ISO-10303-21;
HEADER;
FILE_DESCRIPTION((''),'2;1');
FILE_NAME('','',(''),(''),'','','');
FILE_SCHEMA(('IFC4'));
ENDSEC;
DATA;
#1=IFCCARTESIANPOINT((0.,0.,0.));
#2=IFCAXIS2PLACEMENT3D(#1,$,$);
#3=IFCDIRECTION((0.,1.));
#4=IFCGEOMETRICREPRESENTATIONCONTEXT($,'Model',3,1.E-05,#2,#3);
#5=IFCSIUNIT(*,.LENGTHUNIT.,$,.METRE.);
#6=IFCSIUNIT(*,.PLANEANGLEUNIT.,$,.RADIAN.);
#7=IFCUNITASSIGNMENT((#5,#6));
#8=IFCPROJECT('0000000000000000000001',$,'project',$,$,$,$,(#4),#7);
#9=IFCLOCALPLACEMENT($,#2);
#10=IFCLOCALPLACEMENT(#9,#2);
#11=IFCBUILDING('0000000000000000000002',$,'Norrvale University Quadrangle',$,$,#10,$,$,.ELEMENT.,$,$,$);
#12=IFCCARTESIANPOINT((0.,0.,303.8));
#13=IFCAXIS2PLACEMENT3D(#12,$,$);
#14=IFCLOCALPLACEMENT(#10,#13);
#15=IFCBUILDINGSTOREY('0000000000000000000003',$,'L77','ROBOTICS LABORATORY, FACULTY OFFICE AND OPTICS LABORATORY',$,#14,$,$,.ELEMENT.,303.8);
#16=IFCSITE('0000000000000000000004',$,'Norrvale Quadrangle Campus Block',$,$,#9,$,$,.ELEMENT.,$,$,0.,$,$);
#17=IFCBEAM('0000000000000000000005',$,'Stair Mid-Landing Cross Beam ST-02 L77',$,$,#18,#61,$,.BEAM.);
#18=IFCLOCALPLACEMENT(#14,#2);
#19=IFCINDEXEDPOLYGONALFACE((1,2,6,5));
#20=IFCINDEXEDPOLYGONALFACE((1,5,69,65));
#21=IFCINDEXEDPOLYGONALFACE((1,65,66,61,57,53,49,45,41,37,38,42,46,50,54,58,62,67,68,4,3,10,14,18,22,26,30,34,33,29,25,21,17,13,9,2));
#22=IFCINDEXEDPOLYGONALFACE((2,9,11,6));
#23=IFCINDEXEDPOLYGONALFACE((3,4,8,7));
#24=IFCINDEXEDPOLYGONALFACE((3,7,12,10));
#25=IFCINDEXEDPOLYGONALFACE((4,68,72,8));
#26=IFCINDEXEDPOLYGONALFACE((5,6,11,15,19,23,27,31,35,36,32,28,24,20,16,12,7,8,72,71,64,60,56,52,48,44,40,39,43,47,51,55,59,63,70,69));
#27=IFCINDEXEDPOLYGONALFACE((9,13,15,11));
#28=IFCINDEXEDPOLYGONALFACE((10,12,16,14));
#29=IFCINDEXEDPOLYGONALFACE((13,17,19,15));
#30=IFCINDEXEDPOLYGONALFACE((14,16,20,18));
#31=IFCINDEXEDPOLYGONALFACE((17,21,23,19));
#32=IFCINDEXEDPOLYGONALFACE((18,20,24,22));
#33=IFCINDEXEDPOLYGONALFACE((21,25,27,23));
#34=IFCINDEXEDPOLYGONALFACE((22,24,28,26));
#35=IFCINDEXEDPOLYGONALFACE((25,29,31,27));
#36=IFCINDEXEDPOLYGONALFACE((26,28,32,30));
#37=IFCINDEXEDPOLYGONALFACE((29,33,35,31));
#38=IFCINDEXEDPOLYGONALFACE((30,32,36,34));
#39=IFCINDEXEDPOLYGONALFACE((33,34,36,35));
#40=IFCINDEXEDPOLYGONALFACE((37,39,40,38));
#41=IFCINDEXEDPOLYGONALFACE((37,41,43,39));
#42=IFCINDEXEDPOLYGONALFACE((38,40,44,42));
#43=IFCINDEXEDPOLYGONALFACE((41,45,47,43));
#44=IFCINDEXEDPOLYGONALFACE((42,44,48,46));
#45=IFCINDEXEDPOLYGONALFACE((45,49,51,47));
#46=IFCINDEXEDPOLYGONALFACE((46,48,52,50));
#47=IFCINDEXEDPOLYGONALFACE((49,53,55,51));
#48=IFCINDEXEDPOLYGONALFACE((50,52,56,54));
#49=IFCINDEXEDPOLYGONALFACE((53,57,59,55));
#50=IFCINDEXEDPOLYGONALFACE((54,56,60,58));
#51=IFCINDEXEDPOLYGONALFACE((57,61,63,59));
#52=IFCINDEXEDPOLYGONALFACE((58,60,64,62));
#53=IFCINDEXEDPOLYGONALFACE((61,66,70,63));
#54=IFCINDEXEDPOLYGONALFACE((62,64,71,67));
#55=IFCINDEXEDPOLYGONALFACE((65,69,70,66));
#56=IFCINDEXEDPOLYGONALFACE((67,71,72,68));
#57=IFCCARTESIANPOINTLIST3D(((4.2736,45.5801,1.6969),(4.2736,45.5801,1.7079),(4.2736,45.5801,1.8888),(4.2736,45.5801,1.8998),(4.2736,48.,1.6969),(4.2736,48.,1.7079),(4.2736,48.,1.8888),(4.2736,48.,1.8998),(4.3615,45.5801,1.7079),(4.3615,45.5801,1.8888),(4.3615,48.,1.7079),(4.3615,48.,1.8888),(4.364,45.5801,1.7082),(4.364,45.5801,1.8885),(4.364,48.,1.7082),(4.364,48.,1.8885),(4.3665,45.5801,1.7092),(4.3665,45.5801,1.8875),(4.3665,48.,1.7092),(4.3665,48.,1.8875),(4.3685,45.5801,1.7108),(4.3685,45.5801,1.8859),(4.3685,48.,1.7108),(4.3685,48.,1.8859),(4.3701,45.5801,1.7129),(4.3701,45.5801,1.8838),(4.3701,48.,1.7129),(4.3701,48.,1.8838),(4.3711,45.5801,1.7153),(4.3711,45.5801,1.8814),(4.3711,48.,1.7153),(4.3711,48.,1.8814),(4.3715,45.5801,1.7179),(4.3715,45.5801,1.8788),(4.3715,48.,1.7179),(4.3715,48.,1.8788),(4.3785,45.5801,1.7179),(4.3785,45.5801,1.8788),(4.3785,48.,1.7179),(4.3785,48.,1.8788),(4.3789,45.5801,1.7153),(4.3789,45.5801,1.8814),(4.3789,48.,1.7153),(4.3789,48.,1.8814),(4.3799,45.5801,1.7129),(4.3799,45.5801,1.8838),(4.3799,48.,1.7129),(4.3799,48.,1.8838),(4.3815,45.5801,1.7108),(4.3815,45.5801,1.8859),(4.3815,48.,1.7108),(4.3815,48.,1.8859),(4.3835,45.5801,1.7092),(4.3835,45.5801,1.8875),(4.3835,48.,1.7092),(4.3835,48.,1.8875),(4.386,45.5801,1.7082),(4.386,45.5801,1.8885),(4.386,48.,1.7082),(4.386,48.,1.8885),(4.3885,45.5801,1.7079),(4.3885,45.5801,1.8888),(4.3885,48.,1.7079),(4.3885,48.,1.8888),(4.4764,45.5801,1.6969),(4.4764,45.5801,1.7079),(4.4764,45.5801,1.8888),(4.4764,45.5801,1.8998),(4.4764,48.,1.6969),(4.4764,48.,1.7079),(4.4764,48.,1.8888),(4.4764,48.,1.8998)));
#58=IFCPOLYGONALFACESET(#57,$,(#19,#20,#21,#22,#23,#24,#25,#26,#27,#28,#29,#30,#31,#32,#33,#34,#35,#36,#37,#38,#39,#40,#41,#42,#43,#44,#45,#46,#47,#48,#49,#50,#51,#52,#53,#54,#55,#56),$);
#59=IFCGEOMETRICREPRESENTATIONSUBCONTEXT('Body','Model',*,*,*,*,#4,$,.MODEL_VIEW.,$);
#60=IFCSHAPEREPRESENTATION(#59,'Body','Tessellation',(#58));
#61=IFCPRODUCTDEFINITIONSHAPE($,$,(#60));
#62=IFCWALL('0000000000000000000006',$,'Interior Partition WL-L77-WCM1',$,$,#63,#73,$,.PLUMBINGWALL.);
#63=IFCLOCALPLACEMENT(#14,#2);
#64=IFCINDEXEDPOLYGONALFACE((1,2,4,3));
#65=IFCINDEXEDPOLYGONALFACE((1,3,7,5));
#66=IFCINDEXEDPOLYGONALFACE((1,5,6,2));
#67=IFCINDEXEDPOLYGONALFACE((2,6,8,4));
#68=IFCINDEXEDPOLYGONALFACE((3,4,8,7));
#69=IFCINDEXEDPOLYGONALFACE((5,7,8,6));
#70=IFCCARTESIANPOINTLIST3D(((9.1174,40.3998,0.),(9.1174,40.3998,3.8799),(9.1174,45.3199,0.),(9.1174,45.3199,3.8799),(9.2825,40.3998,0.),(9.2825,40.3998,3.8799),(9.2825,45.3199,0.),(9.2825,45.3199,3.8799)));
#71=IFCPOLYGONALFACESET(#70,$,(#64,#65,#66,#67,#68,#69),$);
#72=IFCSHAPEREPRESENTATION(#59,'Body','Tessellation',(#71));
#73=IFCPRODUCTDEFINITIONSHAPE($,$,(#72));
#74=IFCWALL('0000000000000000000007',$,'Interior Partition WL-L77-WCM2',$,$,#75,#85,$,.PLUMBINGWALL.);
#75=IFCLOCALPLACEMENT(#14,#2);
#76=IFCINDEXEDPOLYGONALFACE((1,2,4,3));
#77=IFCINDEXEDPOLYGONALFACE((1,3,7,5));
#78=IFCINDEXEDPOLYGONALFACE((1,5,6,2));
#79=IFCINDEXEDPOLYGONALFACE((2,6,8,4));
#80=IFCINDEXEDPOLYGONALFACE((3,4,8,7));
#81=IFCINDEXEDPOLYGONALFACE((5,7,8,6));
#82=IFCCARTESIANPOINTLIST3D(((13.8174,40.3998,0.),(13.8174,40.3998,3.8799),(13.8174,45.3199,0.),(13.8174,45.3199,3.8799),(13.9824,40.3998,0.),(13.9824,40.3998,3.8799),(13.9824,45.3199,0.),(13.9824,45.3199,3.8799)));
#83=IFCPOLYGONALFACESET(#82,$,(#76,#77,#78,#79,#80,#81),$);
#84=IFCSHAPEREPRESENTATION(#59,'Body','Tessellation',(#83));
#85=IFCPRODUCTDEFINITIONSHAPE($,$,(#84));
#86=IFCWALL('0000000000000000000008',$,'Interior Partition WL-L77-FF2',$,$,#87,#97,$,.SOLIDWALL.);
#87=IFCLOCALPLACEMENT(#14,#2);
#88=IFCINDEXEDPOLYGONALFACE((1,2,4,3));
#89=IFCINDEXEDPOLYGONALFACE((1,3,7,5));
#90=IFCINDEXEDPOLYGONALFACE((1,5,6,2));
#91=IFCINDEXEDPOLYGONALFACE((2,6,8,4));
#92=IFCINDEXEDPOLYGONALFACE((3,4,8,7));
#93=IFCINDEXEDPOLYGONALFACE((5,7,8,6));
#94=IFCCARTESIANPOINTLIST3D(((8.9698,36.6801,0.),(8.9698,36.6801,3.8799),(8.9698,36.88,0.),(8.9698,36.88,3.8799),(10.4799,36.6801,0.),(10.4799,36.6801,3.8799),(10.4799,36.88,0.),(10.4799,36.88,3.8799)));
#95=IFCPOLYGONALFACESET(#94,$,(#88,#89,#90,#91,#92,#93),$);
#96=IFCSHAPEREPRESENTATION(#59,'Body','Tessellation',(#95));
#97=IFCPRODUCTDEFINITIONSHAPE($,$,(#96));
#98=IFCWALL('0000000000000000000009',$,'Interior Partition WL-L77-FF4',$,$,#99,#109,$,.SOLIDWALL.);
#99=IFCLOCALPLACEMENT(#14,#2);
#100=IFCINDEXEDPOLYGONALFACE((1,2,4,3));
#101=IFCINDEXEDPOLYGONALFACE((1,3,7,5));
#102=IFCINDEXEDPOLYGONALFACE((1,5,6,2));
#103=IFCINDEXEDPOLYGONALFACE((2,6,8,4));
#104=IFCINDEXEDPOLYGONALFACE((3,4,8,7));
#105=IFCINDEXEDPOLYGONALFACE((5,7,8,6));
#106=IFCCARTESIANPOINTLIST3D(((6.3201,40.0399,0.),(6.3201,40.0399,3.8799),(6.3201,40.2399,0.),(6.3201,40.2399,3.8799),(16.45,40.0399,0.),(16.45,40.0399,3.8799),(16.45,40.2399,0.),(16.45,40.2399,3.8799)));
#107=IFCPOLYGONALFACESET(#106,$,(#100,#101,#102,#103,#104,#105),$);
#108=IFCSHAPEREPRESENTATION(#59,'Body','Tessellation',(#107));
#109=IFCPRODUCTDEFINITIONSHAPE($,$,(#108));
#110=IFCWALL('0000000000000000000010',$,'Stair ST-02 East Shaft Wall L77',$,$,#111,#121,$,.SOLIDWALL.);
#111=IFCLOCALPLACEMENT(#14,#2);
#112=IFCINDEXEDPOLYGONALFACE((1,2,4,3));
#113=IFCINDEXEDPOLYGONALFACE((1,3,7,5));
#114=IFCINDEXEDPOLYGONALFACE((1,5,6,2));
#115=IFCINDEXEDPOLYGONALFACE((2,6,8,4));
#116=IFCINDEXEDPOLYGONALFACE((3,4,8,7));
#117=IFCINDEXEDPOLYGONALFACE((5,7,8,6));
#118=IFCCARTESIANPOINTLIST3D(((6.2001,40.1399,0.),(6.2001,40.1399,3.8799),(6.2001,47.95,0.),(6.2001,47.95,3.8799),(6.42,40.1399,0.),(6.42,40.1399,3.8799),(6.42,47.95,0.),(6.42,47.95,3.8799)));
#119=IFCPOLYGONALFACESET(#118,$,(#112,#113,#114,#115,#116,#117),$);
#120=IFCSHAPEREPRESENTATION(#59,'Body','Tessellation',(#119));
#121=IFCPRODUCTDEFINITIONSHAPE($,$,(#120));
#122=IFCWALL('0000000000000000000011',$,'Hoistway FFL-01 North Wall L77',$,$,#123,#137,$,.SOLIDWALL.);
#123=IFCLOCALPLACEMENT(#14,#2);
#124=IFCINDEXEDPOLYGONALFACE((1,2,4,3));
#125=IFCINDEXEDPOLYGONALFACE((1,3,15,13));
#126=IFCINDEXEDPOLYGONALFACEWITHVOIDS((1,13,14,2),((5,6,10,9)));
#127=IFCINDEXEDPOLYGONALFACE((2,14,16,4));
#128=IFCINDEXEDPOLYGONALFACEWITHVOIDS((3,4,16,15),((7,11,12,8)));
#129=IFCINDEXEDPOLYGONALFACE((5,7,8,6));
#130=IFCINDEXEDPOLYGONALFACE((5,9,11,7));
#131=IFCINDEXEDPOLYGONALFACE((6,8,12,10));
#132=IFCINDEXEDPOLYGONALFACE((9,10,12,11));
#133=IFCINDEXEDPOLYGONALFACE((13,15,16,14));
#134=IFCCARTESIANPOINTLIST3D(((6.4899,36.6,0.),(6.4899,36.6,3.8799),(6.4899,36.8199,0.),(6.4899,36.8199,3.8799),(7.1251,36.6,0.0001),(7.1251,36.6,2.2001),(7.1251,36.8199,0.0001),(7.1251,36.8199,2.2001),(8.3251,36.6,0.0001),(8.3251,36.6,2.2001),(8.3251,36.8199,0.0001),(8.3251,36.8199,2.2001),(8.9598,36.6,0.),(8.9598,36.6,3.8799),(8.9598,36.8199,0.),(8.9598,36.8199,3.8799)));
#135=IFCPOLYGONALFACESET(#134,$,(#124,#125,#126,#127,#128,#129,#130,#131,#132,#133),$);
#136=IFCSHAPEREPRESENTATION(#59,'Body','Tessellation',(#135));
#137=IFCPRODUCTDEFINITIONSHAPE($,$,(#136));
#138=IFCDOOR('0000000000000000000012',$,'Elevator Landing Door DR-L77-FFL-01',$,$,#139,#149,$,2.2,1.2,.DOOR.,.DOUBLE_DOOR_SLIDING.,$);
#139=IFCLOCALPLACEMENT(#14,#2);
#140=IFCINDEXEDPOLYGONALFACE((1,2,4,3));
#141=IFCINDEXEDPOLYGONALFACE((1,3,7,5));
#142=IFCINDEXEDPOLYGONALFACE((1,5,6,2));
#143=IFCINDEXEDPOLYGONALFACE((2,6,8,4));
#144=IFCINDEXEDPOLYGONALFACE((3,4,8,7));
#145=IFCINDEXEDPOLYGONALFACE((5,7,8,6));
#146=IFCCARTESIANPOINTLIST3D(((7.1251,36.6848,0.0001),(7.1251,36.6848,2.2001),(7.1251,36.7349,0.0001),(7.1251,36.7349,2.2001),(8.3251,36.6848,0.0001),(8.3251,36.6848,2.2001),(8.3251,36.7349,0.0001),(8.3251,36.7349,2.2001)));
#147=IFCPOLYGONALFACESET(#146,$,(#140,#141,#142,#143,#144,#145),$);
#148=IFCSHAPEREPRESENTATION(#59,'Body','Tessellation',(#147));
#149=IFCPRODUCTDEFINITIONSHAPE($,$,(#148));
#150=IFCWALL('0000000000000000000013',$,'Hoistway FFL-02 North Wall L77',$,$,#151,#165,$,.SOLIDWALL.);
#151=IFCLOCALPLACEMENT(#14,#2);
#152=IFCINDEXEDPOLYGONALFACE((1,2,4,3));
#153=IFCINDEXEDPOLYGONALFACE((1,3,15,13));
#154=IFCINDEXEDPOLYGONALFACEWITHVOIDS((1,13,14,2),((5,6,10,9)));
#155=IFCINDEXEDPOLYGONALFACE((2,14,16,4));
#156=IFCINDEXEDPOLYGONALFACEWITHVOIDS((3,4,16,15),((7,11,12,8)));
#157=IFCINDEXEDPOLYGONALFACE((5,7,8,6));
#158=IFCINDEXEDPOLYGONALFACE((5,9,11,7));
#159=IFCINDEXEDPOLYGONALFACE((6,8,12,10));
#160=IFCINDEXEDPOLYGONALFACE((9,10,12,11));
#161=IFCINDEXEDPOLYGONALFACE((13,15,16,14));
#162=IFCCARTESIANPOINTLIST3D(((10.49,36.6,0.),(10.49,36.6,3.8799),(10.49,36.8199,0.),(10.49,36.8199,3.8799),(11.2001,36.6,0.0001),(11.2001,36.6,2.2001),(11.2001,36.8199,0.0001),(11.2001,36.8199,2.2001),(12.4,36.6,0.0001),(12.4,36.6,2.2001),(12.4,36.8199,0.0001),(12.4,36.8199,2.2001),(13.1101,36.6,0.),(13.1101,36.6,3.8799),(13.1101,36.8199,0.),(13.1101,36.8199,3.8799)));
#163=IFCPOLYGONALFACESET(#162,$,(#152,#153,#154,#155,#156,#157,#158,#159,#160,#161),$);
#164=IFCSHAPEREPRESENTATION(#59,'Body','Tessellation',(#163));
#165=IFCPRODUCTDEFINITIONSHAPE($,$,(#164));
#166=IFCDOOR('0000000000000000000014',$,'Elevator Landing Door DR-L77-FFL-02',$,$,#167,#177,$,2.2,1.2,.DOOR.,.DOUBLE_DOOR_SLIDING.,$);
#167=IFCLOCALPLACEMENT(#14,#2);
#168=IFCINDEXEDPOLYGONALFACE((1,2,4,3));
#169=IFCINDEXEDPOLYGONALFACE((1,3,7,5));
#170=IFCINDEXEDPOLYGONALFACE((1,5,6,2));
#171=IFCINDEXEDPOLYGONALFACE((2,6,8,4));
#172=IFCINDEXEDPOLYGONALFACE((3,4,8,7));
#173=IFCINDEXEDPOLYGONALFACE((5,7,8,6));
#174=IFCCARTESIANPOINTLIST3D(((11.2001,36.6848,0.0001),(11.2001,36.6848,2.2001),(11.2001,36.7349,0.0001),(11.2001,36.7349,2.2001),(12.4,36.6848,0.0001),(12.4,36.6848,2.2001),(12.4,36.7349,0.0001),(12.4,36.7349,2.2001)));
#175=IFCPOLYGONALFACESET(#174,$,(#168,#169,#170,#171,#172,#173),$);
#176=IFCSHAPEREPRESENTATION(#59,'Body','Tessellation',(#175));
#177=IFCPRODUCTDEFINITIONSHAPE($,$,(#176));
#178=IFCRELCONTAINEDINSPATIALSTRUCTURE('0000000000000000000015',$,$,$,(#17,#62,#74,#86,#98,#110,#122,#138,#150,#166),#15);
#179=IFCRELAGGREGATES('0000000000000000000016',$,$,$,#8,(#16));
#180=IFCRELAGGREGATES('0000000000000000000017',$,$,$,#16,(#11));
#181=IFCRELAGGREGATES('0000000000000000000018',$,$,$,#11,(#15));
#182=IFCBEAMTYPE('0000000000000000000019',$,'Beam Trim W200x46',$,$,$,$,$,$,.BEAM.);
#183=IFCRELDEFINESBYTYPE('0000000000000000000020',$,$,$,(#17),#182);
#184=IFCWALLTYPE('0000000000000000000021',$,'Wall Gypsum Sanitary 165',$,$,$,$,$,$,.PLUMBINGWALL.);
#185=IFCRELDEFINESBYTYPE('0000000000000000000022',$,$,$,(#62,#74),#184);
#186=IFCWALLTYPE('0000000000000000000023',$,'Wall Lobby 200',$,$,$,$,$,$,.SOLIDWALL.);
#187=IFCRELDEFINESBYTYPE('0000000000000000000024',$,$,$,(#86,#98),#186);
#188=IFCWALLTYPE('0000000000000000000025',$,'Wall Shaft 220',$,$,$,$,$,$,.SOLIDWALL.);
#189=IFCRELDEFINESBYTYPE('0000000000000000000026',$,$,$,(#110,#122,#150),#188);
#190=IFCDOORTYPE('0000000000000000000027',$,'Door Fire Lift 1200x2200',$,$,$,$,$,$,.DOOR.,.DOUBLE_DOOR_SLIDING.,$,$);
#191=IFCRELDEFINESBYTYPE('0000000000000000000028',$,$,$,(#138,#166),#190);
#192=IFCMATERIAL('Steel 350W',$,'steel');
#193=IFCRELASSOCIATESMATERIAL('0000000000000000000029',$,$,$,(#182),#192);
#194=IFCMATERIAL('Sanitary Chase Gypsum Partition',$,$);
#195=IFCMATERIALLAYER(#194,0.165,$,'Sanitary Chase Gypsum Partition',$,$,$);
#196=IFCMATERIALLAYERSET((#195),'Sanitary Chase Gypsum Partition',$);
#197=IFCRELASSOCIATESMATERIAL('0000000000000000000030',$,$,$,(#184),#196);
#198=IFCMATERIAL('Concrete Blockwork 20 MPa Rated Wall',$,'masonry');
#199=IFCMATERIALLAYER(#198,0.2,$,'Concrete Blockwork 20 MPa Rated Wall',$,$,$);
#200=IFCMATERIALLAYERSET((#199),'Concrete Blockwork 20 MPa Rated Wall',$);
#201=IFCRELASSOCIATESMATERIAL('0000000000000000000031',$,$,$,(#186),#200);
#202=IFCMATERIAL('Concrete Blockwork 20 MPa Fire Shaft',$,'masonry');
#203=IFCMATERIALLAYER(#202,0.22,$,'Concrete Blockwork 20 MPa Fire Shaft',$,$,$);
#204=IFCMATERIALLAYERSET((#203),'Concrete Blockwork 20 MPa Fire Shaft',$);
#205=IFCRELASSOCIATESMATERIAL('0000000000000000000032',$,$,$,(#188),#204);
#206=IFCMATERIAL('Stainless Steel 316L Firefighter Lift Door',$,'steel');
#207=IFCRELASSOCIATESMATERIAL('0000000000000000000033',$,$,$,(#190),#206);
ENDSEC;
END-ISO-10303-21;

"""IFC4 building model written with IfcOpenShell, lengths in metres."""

from ifc_helpers import new_model, si_unit, direction, frame, frame_2d, origin, origin_2d, place, context, subcontext, project, spatial, rectangle, i_section, extrude, material, layer, layer_set, material_profile, profile_set, type_object, element, fill, save


model = new_model("IFC4")

# Units and contexts
model_context = context("Model", 3, precision=1e-05, world=origin(), true_north=direction((0.0, 1.0)))
body_context = subcontext(model_context, "Body", "Model", "MODEL_VIEW")
ifc_project = project(units=[si_unit("LENGTHUNIT", "METRE"), si_unit("PLANEANGLEUNIT", "RADIAN")], contexts=[model_context])

# Site, building, storey
site_placement = place(None, origin())
site = spatial("IfcSite", under=ifc_project, at=site_placement, Name="Norrvale Quadrangle Campus Block", CompositionType="ELEMENT", RefElevation=0.0)
building_placement = place(site_placement, origin())
building = spatial("IfcBuilding", under=site, at=building_placement, Name="Norrvale University Quadrangle", CompositionType="ELEMENT")
storey_placement = place(building_placement, frame((0.0, 0.0, 303.8)))
storey = spatial("IfcBuildingStorey", under=building, at=storey_placement, Name="L77", Description="ROBOTICS LABORATORY, FACULTY OFFICE AND OPTICS LABORATORY", CompositionType="ELEMENT", Elevation=303.8)

# Beam
ifc_material_1 = material(Name="Steel 350W", Category="steel")
ifc_material_profile = material_profile(ifc_material_1, i_section(OverallWidth=0.2029, OverallDepth=0.2029, WebThickness=0.0071, FlangeThickness=0.011, FilletRadius=0.01, at=origin_2d()), Name="Steel 350W")
ifc_profile_set = profile_set([ifc_material_profile], Name="Steel 350W")
beam_type = type_object("IfcBeamType", Name="Beam Trim W200x46", PredefinedType="BEAM", material=ifc_profile_set)
beam_placement = place(storey_placement, frame((4.375, 45.5801, 1.7983), z_axis=(0.0, 1.0, 0.0), x_axis=(-1.0, 0.0, 0.0)))
element("IfcBeam", 1, at=beam_placement, inside=storey, type_object=beam_type, Name="Stair Mid-Landing Cross Beam ST-02 L77", PredefinedType="BEAM", context=body_context, shape_type="SweptSolid", body=[
    extrude(i_section(OverallWidth=0.2029, OverallDepth=0.2029, WebThickness=0.0071, FlangeThickness=0.011, FilletRadius=0.01, at=origin_2d()), origin(), (0.0, 0.0, 1.0), 2.4199),
])

# Shared definitions
ifc_material_2 = material(Name="Sanitary Chase Gypsum Partition")
ifc_layer_1 = layer(ifc_material_2, 0.165, Name="Sanitary Chase Gypsum Partition")
ifc_layer_set_1 = layer_set([ifc_layer_1], Name="Sanitary Chase Gypsum Partition")
wall_type_1 = type_object("IfcWallType", Name="Wall Gypsum Sanitary 165", PredefinedType="PLUMBINGWALL", material=ifc_layer_set_1)

# Walls
for number, where, z_axis, x_axis, name in (
    (2, (9.2, 40.3999, 0.0), (0.0, 0.0, 1.0), (0.0, 1.0, 0.0), "Interior Partition WL-L77-WCM1"),
    (3, (13.8999, 40.3999, 0.0), (0.0, 0.0, 1.0), (0.0, 1.0, 0.0), "Interior Partition WL-L77-WCM2"),
):
    element("IfcWall", number, at=place(storey_placement, frame(where, z_axis=z_axis, x_axis=x_axis)), inside=storey, type_object=wall_type_1, Name=name, PredefinedType="PLUMBINGWALL", context=body_context, shape_type="SweptSolid", body=[
        extrude(rectangle(XDim=4.9202, YDim=0.165, at=frame_2d((2.46, 0.0))), origin(), (0.0, 0.0, 1.0), 3.8799),
    ])
ifc_material_3 = material(Name="Concrete Blockwork 20 MPa Rated Wall", Category="masonry")
ifc_layer_2 = layer(ifc_material_3, 0.2, Name="Concrete Blockwork 20 MPa Rated Wall")
ifc_layer_set_2 = layer_set([ifc_layer_2], Name="Concrete Blockwork 20 MPa Rated Wall")
wall_type_2 = type_object("IfcWallType", Name="Wall Lobby 200", PredefinedType="SOLIDWALL", material=ifc_layer_set_2)
wall_1_placement = place(storey_placement, frame((8.97, 36.78, 0.0), z_axis=(0.0, 0.0, 1.0), x_axis=(1.0, 0.0, 0.0)))
element("IfcWall", 4, at=wall_1_placement, inside=storey, type_object=wall_type_2, Name="Interior Partition WL-L77-FF2", PredefinedType="SOLIDWALL", context=body_context, shape_type="SweptSolid", body=[
    extrude(rectangle(XDim=1.51, YDim=0.2, at=frame_2d((0.7549, 0.0))), origin(), (0.0, 0.0, 1.0), 3.8799),
])
wall_2_placement = place(storey_placement, frame((6.3201, 40.1399, 0.0), z_axis=(0.0, 0.0, 1.0), x_axis=(1.0, 0.0, 0.0)))
element("IfcWall", 5, at=wall_2_placement, inside=storey, type_object=wall_type_2, Name="Interior Partition WL-L77-FF4", PredefinedType="SOLIDWALL", context=body_context, shape_type="SweptSolid", body=[
    extrude(rectangle(XDim=10.1299, YDim=0.2, at=frame_2d((5.0649, 0.0))), origin(), (0.0, 0.0, 1.0), 3.8799),
])
ifc_material_4 = material(Name="Concrete Blockwork 20 MPa Fire Shaft", Category="masonry")
ifc_layer_3 = layer(ifc_material_4, 0.22, Name="Concrete Blockwork 20 MPa Fire Shaft")
ifc_layer_set_3 = layer_set([ifc_layer_3], Name="Concrete Blockwork 20 MPa Fire Shaft")
wall_type_3 = type_object("IfcWallType", Name="Wall Shaft 220", PredefinedType="SOLIDWALL", material=ifc_layer_set_3)
wall_3_placement = place(storey_placement, frame((6.3101, 40.1399, 0.0), z_axis=(0.0, 0.0, 1.0), x_axis=(0.0, 1.0, 0.0)))
element("IfcWall", 6, at=wall_3_placement, inside=storey, type_object=wall_type_3, Name="Stair ST-02 East Shaft Wall L77", PredefinedType="SOLIDWALL", context=body_context, shape_type="SweptSolid", body=[
    extrude(rectangle(XDim=7.8101, YDim=0.22, at=frame_2d((3.905, 0.0))), origin(), (0.0, 0.0, 1.0), 3.8799),
])

# Walls, openings, doors
wall_4_placement = place(storey_placement, frame((6.49, 36.71, 0.0), z_axis=(0.0, 0.0, 1.0), x_axis=(1.0, 0.0, 0.0)))
wall_4 = element("IfcWall", 7, at=wall_4_placement, inside=storey, type_object=wall_type_3, Name="Hoistway FFL-01 North Wall L77", PredefinedType="SOLIDWALL", context=body_context, shape_type="SweptSolid", body=[
    extrude(rectangle(XDim=2.47, YDim=0.22, at=frame_2d((1.2349, 0.0))), origin(), (0.0, 0.0, 1.0), 3.8799),
])
opening_1_placement = place(wall_4_placement, frame((0.635, 0.0, 0.0)))
opening_1 = element("IfcOpeningElement", 8, at=opening_1_placement, cuts=wall_4, PredefinedType="OPENING", context=body_context, shape_type="SweptSolid", body=[
    extrude(rectangle(XDim=1.2, YDim=2.2, at=frame_2d((0.6001, 1.1001))), frame((0.0, 0.1221, 0.0), z_axis=(0.0, -1.0, 0.0), x_axis=(1.0, 0.0, 0.0)), (0.0, 0.0, 1.0), 0.2439),
])
ifc_material_5 = material(Name="Stainless Steel 316L Firefighter Lift Door", Category="steel")
door_type_1 = type_object("IfcDoorType", Name="Door Fire Lift 1200x2200", OperationType="DOUBLE_DOOR_SLIDING", PredefinedType="DOOR", material=ifc_material_5)
door_1_placement = place(opening_1_placement, origin())
door_1 = element("IfcDoor", 9, at=door_1_placement, inside=storey, type_object=door_type_1, Name="Elevator Landing Door DR-L77-FFL-01", OperationType="DOUBLE_DOOR_SLIDING", OverallHeight=2.2, OverallWidth=1.2, PredefinedType="DOOR", context=body_context, shape_type="SweptSolid", body=[
    extrude(rectangle(XDim=1.2, YDim=2.2, at=frame_2d((0.6001, 1.1001))), frame((0.0, 0.0249, 0.0), z_axis=(0.0, -1.0, 0.0), x_axis=(1.0, 0.0, 0.0)), (0.0, 0.0, 1.0), 0.05),
])
fill(opening_1, door_1)
wall_5_placement = place(storey_placement, frame((10.49, 36.71, 0.0), z_axis=(0.0, 0.0, 1.0), x_axis=(1.0, 0.0, 0.0)))
wall_5 = element("IfcWall", 10, at=wall_5_placement, inside=storey, type_object=wall_type_3, Name="Hoistway FFL-02 North Wall L77", PredefinedType="SOLIDWALL", context=body_context, shape_type="SweptSolid", body=[
    extrude(rectangle(XDim=2.6201, YDim=0.22, at=frame_2d((1.3101, 0.0))), origin(), (0.0, 0.0, 1.0), 3.8799),
])
opening_2_placement = place(wall_5_placement, frame((0.71, 0.0, 0.0)))
opening_2 = element("IfcOpeningElement", 11, at=opening_2_placement, cuts=wall_5, PredefinedType="OPENING", context=body_context, shape_type="SweptSolid", body=[
    extrude(rectangle(XDim=1.2, YDim=2.2, at=frame_2d((0.6001, 1.1001))), frame((0.0, 0.1221, 0.0), z_axis=(0.0, -1.0, 0.0), x_axis=(1.0, 0.0, 0.0)), (0.0, 0.0, 1.0), 0.2439),
])
door_2_placement = place(opening_2_placement, origin())
door_2 = element("IfcDoor", 12, at=door_2_placement, inside=storey, type_object=door_type_1, Name="Elevator Landing Door DR-L77-FFL-02", OperationType="DOUBLE_DOOR_SLIDING", OverallHeight=2.2, OverallWidth=1.2, PredefinedType="DOOR", context=body_context, shape_type="SweptSolid", body=[
    extrude(rectangle(XDim=1.2, YDim=2.2, at=frame_2d((0.6001, 1.1001))), frame((0.0, 0.0249, 0.0), z_axis=(0.0, -1.0, 0.0), x_axis=(1.0, 0.0, 0.0)), (0.0, 0.0, 1.0), 0.05),
])
fill(opening_2, door_2)

save(model, "model.ifc")
